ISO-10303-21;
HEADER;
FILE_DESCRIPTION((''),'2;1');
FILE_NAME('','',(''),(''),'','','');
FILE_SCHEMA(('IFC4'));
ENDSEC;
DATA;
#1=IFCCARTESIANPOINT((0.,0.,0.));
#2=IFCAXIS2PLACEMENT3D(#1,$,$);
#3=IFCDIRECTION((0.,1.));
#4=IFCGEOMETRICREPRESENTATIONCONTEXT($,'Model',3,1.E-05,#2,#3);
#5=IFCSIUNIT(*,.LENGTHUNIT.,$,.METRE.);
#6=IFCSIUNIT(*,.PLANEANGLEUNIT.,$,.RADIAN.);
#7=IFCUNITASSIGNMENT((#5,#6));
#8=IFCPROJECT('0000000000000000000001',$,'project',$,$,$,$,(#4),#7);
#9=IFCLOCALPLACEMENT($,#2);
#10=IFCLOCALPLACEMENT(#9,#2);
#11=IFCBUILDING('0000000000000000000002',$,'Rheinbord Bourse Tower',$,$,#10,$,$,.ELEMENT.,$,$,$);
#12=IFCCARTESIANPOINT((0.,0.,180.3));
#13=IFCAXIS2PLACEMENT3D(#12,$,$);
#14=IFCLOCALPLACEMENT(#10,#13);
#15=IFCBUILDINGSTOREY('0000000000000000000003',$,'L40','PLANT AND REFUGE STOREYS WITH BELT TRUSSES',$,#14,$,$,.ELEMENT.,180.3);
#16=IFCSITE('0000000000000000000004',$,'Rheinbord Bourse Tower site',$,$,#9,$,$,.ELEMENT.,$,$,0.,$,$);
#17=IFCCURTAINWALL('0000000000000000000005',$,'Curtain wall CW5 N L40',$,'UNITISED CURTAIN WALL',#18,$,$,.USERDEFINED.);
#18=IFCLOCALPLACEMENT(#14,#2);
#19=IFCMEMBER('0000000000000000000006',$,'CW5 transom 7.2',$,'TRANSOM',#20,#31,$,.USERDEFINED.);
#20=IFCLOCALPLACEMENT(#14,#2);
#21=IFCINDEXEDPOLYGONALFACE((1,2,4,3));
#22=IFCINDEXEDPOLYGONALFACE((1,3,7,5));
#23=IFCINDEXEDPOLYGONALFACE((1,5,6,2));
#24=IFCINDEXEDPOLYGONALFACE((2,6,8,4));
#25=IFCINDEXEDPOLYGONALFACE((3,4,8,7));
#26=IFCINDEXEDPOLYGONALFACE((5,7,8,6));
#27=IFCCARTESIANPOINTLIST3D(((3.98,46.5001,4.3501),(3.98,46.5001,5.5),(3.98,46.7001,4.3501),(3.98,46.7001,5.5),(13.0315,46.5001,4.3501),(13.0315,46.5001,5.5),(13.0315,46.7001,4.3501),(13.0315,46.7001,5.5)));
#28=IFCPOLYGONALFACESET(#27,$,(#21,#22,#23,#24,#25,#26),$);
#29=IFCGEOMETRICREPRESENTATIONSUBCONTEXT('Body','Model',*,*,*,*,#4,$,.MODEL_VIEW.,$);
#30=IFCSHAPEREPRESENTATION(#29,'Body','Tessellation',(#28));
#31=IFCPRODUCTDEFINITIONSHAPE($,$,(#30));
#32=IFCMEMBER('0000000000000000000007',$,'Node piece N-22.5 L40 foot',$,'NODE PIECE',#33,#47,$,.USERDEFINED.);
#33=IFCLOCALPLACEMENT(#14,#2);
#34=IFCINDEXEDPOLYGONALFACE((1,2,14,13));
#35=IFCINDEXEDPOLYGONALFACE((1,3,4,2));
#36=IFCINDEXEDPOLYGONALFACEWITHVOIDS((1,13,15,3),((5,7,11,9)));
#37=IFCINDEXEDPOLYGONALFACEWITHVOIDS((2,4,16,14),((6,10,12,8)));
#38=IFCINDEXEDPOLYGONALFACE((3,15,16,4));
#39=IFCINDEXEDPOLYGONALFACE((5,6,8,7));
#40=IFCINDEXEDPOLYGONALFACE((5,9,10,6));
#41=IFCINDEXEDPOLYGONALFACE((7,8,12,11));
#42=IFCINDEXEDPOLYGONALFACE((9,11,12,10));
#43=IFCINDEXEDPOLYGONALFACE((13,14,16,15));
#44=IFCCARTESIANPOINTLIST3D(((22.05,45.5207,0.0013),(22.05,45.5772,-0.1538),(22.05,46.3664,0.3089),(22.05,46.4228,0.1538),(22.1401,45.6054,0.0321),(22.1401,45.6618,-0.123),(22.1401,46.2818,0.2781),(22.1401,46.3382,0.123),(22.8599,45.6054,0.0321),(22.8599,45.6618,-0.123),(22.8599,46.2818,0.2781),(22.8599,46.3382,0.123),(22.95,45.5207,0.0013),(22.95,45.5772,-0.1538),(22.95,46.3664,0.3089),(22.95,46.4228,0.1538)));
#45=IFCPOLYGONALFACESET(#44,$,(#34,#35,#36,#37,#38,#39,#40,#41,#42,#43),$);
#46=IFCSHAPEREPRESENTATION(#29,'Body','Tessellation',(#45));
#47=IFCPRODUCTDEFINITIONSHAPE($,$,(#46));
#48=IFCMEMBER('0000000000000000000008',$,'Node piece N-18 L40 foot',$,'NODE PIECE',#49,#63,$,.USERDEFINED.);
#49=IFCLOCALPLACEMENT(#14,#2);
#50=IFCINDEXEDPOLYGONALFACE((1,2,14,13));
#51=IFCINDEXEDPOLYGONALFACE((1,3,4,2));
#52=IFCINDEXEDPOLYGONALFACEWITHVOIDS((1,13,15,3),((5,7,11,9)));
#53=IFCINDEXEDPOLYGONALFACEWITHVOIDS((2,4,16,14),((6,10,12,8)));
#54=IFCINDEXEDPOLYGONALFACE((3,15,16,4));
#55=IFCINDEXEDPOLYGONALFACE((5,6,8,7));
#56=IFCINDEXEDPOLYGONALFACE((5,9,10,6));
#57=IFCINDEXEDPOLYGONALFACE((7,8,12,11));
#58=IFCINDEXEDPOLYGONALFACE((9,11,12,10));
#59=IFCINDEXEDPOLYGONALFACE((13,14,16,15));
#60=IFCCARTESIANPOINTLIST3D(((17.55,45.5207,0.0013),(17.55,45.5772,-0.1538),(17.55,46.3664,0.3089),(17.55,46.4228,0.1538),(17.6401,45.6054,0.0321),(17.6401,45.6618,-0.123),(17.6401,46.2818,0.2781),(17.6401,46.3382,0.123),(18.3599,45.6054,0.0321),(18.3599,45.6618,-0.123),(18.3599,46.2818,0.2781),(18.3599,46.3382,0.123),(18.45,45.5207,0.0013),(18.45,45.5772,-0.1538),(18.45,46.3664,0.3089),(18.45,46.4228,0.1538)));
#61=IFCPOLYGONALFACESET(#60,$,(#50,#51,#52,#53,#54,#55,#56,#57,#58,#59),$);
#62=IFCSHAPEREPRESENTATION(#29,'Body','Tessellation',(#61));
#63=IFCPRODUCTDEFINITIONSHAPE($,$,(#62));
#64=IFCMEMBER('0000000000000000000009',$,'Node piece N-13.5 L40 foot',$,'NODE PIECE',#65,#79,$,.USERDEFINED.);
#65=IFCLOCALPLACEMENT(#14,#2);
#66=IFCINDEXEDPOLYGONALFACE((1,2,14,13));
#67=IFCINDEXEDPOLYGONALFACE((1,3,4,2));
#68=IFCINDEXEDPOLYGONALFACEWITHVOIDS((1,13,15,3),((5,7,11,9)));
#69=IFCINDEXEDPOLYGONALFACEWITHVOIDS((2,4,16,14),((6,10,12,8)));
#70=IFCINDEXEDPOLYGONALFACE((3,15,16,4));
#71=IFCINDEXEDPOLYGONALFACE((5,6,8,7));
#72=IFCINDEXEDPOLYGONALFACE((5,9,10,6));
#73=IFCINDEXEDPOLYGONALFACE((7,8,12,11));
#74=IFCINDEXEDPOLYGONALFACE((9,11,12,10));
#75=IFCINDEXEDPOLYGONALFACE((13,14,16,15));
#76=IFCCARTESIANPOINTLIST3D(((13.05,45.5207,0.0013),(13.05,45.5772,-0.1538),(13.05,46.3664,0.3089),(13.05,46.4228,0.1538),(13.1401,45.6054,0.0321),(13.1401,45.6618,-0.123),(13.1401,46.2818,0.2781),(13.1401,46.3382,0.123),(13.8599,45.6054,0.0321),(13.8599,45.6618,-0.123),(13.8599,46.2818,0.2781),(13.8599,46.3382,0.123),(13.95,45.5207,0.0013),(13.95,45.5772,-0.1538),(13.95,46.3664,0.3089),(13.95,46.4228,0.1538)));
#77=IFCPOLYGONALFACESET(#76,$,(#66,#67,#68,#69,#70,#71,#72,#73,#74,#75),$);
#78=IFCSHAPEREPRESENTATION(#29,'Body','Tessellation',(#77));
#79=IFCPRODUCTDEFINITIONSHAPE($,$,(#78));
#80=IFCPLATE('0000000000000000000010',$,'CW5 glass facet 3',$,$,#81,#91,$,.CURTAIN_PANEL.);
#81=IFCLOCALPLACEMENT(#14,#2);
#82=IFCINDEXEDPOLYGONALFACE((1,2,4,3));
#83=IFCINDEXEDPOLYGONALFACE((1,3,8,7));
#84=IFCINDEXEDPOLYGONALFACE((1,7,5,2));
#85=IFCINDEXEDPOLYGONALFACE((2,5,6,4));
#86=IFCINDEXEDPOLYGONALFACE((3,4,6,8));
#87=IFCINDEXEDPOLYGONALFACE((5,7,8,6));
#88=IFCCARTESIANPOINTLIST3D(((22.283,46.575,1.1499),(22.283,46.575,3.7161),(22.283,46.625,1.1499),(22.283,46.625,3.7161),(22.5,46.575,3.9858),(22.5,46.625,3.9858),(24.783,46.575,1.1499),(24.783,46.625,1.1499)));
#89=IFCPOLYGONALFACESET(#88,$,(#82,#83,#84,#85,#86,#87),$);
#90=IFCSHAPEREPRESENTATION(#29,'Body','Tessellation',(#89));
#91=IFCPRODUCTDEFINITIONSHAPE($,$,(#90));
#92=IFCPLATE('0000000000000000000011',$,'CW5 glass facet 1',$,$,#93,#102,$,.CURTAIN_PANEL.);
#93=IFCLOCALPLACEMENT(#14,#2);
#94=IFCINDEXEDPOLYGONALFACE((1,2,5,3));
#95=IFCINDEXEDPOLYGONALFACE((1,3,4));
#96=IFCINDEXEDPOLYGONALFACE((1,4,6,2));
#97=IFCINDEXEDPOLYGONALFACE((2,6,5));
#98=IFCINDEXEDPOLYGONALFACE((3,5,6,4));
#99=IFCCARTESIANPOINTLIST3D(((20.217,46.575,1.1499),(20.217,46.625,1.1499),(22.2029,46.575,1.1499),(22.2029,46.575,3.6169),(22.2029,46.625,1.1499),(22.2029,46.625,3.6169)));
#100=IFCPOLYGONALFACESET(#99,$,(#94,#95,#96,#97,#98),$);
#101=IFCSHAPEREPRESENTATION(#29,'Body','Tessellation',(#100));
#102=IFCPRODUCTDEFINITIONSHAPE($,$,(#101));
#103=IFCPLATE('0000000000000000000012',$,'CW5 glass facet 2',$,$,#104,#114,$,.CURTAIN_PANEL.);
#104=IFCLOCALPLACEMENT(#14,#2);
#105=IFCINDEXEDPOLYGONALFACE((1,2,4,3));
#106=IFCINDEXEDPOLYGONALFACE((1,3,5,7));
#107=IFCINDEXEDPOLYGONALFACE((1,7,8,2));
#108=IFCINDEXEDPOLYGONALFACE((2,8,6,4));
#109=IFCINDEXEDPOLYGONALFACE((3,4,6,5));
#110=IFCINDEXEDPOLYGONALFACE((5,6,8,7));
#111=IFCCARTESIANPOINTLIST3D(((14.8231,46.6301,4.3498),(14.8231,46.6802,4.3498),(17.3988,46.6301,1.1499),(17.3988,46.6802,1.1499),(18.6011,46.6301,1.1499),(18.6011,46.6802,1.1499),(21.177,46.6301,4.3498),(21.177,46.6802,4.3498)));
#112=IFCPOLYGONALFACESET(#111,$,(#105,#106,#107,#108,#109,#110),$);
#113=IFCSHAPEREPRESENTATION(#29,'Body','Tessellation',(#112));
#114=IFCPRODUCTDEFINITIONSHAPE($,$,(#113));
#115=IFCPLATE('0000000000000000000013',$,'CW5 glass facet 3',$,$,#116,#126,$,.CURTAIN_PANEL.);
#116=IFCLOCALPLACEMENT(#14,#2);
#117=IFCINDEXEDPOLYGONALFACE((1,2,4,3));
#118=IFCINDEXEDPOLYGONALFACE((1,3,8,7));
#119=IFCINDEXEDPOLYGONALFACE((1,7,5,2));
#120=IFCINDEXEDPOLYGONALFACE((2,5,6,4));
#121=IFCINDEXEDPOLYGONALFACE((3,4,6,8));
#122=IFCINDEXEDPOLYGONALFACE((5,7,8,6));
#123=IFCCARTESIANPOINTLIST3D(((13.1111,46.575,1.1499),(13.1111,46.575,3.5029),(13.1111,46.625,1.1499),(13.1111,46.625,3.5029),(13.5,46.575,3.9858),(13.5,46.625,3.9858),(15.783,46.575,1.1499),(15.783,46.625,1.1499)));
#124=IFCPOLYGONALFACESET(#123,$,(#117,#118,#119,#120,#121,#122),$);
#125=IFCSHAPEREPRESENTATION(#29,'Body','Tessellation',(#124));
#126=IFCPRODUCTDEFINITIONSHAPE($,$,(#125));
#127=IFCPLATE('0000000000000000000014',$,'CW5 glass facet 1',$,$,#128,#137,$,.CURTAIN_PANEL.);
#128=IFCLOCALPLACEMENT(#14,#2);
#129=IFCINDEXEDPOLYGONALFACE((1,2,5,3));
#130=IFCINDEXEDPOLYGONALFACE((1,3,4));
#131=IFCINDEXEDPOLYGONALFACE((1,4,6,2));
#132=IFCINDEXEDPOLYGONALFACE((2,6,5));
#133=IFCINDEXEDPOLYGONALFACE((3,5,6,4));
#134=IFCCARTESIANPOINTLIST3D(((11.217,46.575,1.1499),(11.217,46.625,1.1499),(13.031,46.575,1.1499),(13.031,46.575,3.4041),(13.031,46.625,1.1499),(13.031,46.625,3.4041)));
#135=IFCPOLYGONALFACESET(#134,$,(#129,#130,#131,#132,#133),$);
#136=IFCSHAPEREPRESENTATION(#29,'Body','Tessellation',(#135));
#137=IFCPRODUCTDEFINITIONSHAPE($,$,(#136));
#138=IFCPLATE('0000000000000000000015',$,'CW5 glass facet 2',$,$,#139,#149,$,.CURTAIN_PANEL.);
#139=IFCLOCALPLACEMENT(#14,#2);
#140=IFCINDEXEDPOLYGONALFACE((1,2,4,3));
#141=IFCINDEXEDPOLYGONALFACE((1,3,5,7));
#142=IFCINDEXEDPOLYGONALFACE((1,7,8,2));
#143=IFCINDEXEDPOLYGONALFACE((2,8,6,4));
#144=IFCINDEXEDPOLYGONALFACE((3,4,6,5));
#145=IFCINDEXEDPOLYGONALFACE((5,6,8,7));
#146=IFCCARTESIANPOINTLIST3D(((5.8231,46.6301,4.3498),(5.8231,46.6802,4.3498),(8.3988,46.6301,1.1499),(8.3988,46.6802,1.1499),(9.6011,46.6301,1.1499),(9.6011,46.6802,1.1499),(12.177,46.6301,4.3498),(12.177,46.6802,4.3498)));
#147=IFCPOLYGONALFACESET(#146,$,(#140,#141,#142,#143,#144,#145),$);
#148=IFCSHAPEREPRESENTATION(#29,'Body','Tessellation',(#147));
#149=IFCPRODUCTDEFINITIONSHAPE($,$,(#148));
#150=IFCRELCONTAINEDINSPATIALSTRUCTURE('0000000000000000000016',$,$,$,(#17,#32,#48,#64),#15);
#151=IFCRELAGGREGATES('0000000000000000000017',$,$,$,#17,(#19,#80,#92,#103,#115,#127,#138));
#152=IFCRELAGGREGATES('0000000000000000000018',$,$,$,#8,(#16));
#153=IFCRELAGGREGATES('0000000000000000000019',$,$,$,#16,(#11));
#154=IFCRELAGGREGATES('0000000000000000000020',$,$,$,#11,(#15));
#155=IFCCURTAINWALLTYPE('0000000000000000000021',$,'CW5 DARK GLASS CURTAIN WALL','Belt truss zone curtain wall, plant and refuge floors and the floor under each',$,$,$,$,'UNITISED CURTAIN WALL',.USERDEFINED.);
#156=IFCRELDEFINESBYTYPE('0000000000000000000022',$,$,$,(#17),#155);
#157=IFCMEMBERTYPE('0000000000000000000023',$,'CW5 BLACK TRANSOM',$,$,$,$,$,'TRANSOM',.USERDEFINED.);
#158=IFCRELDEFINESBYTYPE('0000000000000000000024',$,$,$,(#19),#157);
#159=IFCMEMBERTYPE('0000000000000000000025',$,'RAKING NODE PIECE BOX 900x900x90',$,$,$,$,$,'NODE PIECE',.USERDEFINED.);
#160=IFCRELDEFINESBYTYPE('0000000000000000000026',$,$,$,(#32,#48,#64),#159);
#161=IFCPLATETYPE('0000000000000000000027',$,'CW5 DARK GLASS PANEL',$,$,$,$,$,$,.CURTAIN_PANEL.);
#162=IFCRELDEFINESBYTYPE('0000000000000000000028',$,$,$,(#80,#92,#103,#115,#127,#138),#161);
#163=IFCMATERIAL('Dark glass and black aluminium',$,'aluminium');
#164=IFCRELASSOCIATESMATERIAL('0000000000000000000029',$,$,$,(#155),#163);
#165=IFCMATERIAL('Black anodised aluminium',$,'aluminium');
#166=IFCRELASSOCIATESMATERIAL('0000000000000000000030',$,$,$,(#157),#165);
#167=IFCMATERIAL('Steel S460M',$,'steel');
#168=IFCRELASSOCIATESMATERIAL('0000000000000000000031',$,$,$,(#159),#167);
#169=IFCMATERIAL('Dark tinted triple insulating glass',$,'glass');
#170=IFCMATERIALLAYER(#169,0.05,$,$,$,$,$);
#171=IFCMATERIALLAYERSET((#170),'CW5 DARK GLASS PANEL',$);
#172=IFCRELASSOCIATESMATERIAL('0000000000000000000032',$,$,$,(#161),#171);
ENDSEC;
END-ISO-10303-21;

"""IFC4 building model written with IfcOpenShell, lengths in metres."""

from ifc_helpers import new_model, si_unit, direction, frame, origin, origin_2d, place, context, subcontext, project, spatial, polyline, rectangle, hollow_rectangle, outline, extrude, material, layer, layer_set, material_profile, profile_set, type_object, element, aggregate, save


model = new_model("IFC4")

# Units and contexts
model_context = context("Model", 3, precision=1e-05, world=origin(), true_north=direction((0.0, 1.0)))
body_context = subcontext(model_context, "Body", "Model", "MODEL_VIEW")
ifc_project = project(units=[si_unit("LENGTHUNIT", "METRE"), si_unit("PLANEANGLEUNIT", "RADIAN")], contexts=[model_context])

# Site, building, storey
site_placement = place(None, origin())
site = spatial("IfcSite", under=ifc_project, at=site_placement, Name="Rheinbord Bourse Tower site", CompositionType="ELEMENT", RefElevation=0.0)
building_placement = place(site_placement, origin())
building = spatial("IfcBuilding", under=site, at=building_placement, Name="Rheinbord Bourse Tower", CompositionType="ELEMENT")
storey_placement = place(building_placement, frame((0.0, 0.0, 180.3)))
storey = spatial("IfcBuildingStorey", under=building, at=storey_placement, Name="L40", Description="PLANT AND REFUGE STOREYS WITH BELT TRUSSES", CompositionType="ELEMENT", Elevation=180.3)

# Curtain wall, member
ifc_material_1 = material(Name="Dark glass and black aluminium", Category="aluminium")
curtain_wall_type = type_object("IfcCurtainWallType", Name="CW5 DARK GLASS CURTAIN WALL", Description="Belt truss zone curtain wall, plant and refuge floors and the floor under each", ElementType="UNITISED CURTAIN WALL", PredefinedType="USERDEFINED", material=ifc_material_1)
curtain_wall_placement = place(storey_placement, origin())
curtain_wall = element("IfcCurtainWall", 1, at=curtain_wall_placement, inside=storey, type_object=curtain_wall_type, Name="Curtain wall CW5 N L40", ObjectType="UNITISED CURTAIN WALL", PredefinedType="USERDEFINED")
ifc_material_2 = material(Name="Black anodised aluminium", Category="aluminium")
ifc_material_profile_1 = material_profile(ifc_material_2, rectangle(XDim=0.2, YDim=1.1499, at=origin_2d()), Name="CW5 TRANSOM 1150x200")
ifc_profile_set_1 = profile_set([ifc_material_profile_1], Name="Black anodised aluminium")
member_type_1 = type_object("IfcMemberType", Name="CW5 BLACK TRANSOM", ElementType="TRANSOM", PredefinedType="USERDEFINED", material=ifc_profile_set_1)
member_1_placement = place(storey_placement, frame((13.0315, 46.6001, 4.925), z_axis=(-1.0, 0.0, 0.0), x_axis=(0.0, -1.0, 0.0)))
member_1 = element("IfcMember", 2, at=member_1_placement, type_object=member_type_1, Name="CW5 transom 7.2", ObjectType="TRANSOM", PredefinedType="USERDEFINED", context=body_context, shape_type="SweptSolid", body=[
    extrude(rectangle(XDim=0.2, YDim=1.1499, at=origin_2d()), origin(), (0.0, 0.0, 1.0), 9.0515),
])

# Members
ifc_material_3 = material(Name="Steel S460M", Category="steel")
ifc_material_profile_2 = material_profile(ifc_material_3, hollow_rectangle(XDim=0.8999, YDim=0.8999, WallThickness=0.0901, at=origin_2d()), Name="BOX 900x900x90")
ifc_profile_set_2 = profile_set([ifc_material_profile_2], Name="Steel S460M")
member_type_2 = type_object("IfcMemberType", Name="RAKING NODE PIECE BOX 900x900x90", ElementType="NODE PIECE", PredefinedType="USERDEFINED", material=ifc_profile_set_2)
for number, where, z_axis, x_axis, name in (
    (3, (22.5, 46.0, 0.0), (0.0, -0.341862, 0.93975), (0.0, 0.93975, 0.341862), "Node piece N-22.5 L40 foot"),
    (4, (18.0, 46.0, 0.0), (0.0, -0.341862, 0.93975), (0.0, 0.93975, 0.341862), "Node piece N-18 L40 foot"),
    (5, (13.5, 46.0, 0.0), (0.0, -0.341862, 0.93975), (0.0, 0.93975, 0.341862), "Node piece N-13.5 L40 foot"),
):
    element("IfcMember", number, at=place(storey_placement, frame(where, z_axis=z_axis, x_axis=x_axis)), inside=storey, type_object=member_type_2, Name=name, ObjectType="NODE PIECE", PredefinedType="USERDEFINED", context=body_context, shape_type="SweptSolid", body=[
        extrude(hollow_rectangle(XDim=0.8999, YDim=0.8999, WallThickness=0.0901, at=origin_2d()), origin(), (0.0, 0.0, 1.0), 0.165),
    ])

# Plates
ifc_material_4 = material(Name="Dark tinted triple insulating glass", Category="glass")
ifc_layer = layer(ifc_material_4, 0.05)
ifc_layer_set = layer_set([ifc_layer], Name="CW5 DARK GLASS PANEL")
plate_type = type_object("IfcPlateType", Name="CW5 DARK GLASS PANEL", PredefinedType="CURTAIN_PANEL", material=ifc_layer_set)
plate_1_placement = place(storey_placement, frame((22.283, 46.625, 1.1499), z_axis=(0.0, -1.0, 0.0), x_axis=(1.0, 0.0, 0.0)))
plate_1 = element("IfcPlate", 6, at=plate_1_placement, type_object=plate_type, Name="CW5 glass facet 3", PredefinedType="CURTAIN_PANEL", context=body_context, shape_type="SweptSolid", body=[
    extrude(outline(polyline([(0.0, 0.0), (2.5, 0.0), (0.217, 2.8359), (0.0, 2.5662), (0.0, 0.0)])), origin(), (0.0, 0.0, 1.0), 0.05),
])
plate_2_placement = place(storey_placement, frame((22.2029, 46.625, 1.1499), z_axis=(0.0, -1.0, 0.0), x_axis=(0.0, 0.0, 1.0)))
plate_2 = element("IfcPlate", 7, at=plate_2_placement, type_object=plate_type, Name="CW5 glass facet 1", PredefinedType="CURTAIN_PANEL", context=body_context, shape_type="SweptSolid", body=[
    extrude(outline(polyline([(0.0, 0.0), (2.467, 0.0), (0.0, 1.9858), (0.0, 0.0)])), origin(), (0.0, 0.0, 1.0), 0.05),
])
plate_3_placement = place(storey_placement, frame((18.6011, 46.6802, 1.1499), z_axis=(0.0, -1.0, 0.0), x_axis=(0.627062, 0.0, 0.778969)))
plate_3 = element("IfcPlate", 8, at=plate_3_placement, type_object=plate_type, Name="CW5 glass facet 2", PredefinedType="CURTAIN_PANEL", context=body_context, shape_type="SweptSolid", body=[
    extrude(outline(polyline([(0.0, 0.0), (4.1079, 0.0), (0.1235, 4.9495), (-0.7539, 0.9365), (0.0, 0.0)])), origin(), (0.0, 0.0, 1.0), 0.05),
])
plate_4_placement = place(storey_placement, frame((13.1111, 46.625, 1.1499), z_axis=(0.0, -1.0, 0.0), x_axis=(1.0, 0.0, 0.0)))
plate_4 = element("IfcPlate", 9, at=plate_4_placement, type_object=plate_type, Name="CW5 glass facet 3", PredefinedType="CURTAIN_PANEL", context=body_context, shape_type="SweptSolid", body=[
    extrude(outline(polyline([(0.0, 0.0), (2.6719, 0.0), (0.3889, 2.8359), (0.0, 2.353), (0.0, 0.0)])), origin(), (0.0, 0.0, 1.0), 0.05),
])
plate_5_placement = place(storey_placement, frame((13.031, 46.625, 1.1499), z_axis=(0.0, -1.0, 0.0), x_axis=(0.0, 0.0, 1.0)))
plate_5 = element("IfcPlate", 10, at=plate_5_placement, type_object=plate_type, Name="CW5 glass facet 1", PredefinedType="CURTAIN_PANEL", context=body_context, shape_type="SweptSolid", body=[
    extrude(outline(polyline([(0.0, 0.0), (2.2542, 0.0), (0.0, 1.814), (0.0, 0.0)])), origin(), (0.0, 0.0, 1.0), 0.05),
])
plate_6_placement = place(storey_placement, frame((9.6011, 46.6802, 1.1499), z_axis=(0.0, -1.0, 0.0), x_axis=(0.627062, 0.0, 0.778969)))
plate_6 = element("IfcPlate", 11, at=plate_6_placement, type_object=plate_type, Name="CW5 glass facet 2", PredefinedType="CURTAIN_PANEL", context=body_context, shape_type="SweptSolid", body=[
    extrude(outline(polyline([(0.0, 0.0), (4.1079, 0.0), (0.1235, 4.9495), (-0.7539, 0.9365), (0.0, 0.0)])), origin(), (0.0, 0.0, 1.0), 0.05),
])
aggregate(curtain_wall, [member_1, plate_1, plate_2, plate_3, plate_4, plate_5, plate_6])

save(model, "model.ifc")
